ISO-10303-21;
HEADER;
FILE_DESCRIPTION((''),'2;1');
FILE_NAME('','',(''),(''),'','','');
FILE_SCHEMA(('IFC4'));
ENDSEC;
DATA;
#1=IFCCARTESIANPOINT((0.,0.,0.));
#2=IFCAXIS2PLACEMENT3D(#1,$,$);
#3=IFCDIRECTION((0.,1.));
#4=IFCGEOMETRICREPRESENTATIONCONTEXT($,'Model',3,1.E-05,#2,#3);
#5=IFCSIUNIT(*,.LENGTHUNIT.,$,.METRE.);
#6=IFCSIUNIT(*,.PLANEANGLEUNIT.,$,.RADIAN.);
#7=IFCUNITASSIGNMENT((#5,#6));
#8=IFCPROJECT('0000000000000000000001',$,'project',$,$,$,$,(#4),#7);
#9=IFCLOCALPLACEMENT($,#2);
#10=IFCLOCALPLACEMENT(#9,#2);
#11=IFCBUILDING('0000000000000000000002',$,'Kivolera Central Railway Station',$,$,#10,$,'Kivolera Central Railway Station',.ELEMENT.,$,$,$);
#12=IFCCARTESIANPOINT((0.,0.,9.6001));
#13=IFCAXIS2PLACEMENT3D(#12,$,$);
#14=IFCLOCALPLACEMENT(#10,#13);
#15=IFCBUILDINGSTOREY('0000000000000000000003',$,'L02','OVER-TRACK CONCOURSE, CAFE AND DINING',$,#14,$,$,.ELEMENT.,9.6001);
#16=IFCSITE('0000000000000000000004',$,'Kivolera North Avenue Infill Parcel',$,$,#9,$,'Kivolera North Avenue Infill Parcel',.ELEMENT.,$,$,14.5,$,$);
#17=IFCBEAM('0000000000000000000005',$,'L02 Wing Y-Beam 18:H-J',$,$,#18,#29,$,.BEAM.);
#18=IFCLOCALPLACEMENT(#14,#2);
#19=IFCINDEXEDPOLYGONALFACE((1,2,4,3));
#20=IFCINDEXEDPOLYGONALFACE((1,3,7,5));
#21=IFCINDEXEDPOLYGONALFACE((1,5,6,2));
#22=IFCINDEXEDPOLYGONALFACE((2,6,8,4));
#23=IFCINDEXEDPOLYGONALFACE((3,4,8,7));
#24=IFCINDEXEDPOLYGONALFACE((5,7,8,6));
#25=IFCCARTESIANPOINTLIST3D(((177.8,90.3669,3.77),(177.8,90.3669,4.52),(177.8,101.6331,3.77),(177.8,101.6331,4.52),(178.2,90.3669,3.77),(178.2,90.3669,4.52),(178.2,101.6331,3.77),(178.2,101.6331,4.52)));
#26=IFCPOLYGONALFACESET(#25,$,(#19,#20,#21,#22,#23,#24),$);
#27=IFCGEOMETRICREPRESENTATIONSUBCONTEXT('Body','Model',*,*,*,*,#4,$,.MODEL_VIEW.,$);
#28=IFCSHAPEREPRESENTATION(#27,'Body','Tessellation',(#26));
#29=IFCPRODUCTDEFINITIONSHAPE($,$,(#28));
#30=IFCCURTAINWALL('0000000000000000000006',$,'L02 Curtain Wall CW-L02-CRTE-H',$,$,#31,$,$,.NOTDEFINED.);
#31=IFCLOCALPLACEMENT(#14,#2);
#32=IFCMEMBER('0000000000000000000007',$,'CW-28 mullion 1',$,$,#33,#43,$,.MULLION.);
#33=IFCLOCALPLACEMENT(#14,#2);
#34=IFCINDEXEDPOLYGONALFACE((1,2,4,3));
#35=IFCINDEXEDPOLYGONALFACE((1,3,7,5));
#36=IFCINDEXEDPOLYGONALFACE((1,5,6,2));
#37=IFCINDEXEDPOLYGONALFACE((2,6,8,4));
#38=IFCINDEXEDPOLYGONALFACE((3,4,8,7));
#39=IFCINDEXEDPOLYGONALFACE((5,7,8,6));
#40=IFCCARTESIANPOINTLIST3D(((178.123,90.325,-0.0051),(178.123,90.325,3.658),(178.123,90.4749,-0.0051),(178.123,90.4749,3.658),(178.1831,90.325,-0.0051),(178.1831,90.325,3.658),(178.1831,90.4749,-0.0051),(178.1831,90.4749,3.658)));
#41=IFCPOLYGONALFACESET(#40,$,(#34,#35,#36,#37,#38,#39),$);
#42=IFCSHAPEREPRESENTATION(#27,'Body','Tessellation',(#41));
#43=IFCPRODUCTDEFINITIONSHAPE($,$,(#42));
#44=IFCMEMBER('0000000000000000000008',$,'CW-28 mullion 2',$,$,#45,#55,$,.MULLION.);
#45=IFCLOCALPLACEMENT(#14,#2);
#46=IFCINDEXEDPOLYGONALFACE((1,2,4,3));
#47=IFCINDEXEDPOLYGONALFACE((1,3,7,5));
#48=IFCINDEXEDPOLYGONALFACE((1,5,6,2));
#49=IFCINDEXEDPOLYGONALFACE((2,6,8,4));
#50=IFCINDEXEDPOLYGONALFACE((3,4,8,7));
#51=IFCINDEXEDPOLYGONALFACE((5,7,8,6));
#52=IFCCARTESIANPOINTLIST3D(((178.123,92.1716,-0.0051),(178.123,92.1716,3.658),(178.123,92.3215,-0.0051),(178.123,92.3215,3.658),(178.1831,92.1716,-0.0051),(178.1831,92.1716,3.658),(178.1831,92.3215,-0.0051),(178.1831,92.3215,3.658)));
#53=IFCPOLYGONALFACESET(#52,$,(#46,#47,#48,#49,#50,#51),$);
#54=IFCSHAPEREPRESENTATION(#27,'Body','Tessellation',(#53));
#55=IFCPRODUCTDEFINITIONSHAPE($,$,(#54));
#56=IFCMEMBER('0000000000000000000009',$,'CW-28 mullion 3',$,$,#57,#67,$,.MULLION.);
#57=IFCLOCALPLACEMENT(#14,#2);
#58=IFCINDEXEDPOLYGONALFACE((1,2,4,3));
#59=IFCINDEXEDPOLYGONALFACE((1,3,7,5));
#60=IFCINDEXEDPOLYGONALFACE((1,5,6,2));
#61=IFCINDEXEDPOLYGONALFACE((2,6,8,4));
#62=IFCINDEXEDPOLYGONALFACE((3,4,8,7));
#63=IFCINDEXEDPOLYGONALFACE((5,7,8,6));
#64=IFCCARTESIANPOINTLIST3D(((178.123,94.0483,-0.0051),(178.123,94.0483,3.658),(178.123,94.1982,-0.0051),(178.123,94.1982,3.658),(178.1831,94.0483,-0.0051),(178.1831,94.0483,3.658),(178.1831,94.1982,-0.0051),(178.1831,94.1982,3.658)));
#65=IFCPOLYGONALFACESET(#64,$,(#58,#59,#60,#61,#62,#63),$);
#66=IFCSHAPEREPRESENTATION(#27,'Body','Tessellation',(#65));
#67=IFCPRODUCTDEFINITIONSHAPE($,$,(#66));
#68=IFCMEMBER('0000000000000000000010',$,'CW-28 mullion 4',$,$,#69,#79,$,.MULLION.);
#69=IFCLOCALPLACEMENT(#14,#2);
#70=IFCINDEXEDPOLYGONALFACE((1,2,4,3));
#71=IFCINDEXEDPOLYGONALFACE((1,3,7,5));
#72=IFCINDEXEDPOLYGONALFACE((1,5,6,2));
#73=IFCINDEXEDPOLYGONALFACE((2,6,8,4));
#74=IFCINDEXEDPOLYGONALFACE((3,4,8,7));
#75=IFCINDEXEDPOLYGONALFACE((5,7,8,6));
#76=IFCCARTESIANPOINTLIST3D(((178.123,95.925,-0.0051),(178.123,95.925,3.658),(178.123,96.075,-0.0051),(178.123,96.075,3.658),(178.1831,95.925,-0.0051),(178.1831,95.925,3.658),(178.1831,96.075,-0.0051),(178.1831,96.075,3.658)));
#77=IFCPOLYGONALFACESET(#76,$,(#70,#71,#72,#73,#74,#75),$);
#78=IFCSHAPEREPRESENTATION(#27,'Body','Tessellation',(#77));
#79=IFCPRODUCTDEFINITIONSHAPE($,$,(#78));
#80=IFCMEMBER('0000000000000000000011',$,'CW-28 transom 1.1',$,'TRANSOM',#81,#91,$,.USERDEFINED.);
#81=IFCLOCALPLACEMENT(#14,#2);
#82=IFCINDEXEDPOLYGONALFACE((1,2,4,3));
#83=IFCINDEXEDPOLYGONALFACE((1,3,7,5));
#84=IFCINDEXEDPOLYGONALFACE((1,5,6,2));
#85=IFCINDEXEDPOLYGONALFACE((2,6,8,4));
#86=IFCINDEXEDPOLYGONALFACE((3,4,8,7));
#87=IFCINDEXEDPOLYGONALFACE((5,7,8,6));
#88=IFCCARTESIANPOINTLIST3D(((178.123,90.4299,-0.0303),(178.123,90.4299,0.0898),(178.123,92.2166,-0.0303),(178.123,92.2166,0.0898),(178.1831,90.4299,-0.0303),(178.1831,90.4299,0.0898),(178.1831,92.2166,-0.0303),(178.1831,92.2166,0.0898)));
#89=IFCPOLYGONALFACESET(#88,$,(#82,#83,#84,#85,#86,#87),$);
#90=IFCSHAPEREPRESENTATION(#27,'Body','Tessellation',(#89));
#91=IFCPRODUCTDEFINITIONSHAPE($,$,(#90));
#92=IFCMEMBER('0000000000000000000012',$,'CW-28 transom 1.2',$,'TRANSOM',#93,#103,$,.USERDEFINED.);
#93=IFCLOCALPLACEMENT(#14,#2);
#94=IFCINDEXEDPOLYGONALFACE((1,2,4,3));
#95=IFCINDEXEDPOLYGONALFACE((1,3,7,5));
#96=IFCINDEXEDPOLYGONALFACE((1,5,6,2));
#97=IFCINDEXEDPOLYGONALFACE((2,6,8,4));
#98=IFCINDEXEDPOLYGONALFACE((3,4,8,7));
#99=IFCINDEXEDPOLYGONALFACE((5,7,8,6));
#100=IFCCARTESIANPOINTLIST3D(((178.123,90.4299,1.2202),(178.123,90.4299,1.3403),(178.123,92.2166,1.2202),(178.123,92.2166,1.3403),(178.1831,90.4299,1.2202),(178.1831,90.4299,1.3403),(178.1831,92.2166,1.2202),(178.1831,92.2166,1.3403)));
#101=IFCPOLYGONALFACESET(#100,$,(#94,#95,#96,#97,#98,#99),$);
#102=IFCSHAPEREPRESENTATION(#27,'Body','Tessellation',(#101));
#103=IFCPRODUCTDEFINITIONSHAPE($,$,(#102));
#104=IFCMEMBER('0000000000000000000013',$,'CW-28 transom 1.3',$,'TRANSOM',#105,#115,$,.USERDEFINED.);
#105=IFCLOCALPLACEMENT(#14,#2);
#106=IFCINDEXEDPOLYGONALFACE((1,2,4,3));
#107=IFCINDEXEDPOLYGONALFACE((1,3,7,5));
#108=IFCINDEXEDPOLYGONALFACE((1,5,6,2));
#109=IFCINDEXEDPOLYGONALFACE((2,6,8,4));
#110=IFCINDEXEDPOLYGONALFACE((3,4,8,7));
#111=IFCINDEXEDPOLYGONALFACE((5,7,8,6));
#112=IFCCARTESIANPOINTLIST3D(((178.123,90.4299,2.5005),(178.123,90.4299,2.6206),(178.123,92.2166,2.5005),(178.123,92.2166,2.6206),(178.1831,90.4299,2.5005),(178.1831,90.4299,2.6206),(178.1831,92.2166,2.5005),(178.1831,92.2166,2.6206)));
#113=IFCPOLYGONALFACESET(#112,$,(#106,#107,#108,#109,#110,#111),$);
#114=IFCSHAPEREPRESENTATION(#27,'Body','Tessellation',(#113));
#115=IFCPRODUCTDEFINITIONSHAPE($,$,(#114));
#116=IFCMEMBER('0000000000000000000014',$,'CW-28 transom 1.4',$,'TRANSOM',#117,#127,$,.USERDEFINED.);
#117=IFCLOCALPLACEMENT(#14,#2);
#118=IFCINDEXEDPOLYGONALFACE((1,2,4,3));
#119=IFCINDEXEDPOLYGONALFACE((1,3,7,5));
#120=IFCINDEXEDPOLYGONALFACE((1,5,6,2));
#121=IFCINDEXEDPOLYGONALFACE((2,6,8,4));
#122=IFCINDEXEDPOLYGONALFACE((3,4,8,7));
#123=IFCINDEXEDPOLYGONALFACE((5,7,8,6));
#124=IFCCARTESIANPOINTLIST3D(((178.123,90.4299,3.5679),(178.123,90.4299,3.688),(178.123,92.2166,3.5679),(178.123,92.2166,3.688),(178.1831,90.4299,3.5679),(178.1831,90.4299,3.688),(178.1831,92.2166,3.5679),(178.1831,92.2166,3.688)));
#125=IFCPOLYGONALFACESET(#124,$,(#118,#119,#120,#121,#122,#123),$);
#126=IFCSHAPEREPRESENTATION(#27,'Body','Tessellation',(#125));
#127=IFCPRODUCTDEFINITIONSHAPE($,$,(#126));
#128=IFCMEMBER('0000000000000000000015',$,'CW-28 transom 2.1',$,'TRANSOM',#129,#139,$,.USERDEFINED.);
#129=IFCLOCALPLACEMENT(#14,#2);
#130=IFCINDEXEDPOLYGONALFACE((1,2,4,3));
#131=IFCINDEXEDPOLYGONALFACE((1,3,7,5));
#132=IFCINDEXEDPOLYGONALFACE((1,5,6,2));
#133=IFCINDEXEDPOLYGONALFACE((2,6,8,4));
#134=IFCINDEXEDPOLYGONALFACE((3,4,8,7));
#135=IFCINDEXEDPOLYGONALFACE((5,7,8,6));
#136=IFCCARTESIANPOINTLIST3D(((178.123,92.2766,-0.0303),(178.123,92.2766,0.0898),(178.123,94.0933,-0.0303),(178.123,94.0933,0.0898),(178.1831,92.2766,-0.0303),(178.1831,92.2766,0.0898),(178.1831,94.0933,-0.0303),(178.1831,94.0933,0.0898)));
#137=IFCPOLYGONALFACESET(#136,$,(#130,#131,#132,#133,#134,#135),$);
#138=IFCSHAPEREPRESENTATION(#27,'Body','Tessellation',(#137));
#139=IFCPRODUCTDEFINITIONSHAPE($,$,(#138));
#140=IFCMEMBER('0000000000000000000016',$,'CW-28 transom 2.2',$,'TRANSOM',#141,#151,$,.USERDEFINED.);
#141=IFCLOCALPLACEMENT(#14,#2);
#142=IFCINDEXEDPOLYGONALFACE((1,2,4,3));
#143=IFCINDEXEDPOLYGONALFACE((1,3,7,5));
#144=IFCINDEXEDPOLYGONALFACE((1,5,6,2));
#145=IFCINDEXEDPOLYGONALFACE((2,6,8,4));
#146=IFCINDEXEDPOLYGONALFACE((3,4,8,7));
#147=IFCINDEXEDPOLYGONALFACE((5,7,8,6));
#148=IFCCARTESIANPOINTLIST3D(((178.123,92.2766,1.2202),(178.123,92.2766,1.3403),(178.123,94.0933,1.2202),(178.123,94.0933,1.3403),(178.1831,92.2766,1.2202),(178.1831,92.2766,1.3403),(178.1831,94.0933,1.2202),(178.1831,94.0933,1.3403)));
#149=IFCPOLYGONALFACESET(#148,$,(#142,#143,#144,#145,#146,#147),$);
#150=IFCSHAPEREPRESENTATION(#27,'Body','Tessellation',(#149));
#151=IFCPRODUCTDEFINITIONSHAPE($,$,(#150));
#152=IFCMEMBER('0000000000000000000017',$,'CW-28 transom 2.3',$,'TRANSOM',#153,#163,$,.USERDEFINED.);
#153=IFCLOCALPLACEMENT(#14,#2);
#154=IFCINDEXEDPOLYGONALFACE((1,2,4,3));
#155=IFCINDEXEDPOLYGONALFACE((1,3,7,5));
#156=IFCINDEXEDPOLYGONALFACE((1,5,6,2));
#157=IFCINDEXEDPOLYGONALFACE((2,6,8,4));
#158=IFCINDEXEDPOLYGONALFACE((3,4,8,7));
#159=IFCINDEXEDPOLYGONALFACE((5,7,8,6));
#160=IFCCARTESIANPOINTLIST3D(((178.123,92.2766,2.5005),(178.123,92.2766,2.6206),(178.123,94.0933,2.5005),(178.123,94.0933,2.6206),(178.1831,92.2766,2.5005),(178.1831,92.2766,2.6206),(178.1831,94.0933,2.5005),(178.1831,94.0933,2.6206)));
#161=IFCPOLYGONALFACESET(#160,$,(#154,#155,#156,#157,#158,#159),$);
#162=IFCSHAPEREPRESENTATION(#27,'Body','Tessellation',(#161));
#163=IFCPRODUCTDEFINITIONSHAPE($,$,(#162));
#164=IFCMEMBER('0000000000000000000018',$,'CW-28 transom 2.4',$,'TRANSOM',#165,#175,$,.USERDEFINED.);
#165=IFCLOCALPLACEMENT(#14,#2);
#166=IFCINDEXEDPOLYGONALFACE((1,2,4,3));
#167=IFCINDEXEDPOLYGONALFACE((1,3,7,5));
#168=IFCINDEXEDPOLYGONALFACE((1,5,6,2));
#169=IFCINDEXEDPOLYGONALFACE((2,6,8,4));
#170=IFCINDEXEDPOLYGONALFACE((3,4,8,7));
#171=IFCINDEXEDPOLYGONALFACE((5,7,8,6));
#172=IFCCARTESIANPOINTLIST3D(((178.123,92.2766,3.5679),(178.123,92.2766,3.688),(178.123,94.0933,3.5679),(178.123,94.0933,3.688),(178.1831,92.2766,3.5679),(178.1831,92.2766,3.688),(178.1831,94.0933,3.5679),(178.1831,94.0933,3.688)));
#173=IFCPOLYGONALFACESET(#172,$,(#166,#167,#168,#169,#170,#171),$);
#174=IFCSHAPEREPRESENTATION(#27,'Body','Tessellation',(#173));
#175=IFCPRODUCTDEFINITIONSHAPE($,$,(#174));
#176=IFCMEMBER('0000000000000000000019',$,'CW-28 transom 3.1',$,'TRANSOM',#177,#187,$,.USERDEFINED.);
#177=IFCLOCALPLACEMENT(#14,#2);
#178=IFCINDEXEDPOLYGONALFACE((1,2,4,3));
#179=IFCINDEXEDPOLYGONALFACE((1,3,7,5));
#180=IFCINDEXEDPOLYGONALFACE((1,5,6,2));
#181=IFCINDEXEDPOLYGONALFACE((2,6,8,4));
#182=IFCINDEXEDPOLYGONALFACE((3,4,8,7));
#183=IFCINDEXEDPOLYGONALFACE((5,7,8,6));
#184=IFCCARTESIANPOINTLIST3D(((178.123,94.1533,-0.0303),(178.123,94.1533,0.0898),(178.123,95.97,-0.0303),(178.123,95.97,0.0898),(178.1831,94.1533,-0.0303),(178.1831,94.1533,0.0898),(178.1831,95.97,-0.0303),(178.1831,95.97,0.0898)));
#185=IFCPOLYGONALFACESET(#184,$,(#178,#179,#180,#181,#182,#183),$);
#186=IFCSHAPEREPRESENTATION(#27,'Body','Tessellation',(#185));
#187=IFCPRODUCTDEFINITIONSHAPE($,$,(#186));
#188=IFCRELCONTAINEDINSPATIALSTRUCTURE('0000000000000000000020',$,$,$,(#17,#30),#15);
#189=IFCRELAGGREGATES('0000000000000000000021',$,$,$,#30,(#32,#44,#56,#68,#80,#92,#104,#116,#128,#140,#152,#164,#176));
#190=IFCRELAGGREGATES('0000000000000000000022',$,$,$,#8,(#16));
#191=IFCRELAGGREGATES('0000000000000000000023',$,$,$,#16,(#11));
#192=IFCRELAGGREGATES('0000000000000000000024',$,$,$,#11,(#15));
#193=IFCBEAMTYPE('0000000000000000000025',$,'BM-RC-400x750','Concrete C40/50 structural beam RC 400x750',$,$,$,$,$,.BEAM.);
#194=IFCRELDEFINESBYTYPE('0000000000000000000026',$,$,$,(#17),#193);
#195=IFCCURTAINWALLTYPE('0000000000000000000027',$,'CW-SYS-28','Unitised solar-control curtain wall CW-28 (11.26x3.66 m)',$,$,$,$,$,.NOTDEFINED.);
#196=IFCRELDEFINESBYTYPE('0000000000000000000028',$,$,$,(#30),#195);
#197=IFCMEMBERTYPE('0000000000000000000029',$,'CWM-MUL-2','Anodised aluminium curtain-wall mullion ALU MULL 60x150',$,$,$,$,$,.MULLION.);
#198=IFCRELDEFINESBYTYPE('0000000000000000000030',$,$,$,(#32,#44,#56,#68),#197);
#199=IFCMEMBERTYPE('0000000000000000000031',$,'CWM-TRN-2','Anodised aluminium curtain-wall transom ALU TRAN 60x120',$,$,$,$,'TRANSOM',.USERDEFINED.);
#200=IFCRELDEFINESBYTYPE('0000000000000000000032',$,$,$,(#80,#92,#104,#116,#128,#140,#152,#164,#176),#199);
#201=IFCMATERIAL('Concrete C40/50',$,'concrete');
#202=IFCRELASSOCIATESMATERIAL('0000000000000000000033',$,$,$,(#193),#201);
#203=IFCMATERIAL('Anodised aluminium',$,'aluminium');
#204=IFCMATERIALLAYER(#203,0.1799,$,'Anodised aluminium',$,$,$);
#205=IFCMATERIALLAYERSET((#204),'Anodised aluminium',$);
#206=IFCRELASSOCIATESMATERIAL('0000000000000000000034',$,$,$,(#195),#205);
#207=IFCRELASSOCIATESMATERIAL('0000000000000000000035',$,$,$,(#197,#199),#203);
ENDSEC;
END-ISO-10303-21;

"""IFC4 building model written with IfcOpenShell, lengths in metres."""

from ifc_helpers import new_model, si_unit, direction, frame, origin, origin_2d, place, context, subcontext, project, spatial, rectangle, extrude, material, layer, layer_set, material_profile, profile_set, type_object, element, aggregate, save


model = new_model("IFC4")

# Units and contexts
model_context = context("Model", 3, precision=1e-05, world=origin(), true_north=direction((0.0, 1.0)))
body_context = subcontext(model_context, "Body", "Model", "MODEL_VIEW")
ifc_project = project(units=[si_unit("LENGTHUNIT", "METRE"), si_unit("PLANEANGLEUNIT", "RADIAN")], contexts=[model_context])

# Site, building, storey
site_placement = place(None, origin())
site = spatial("IfcSite", under=ifc_project, at=site_placement, Name="Kivolera North Avenue Infill Parcel", LongName="Kivolera North Avenue Infill Parcel", CompositionType="ELEMENT", RefElevation=14.5)
building_placement = place(site_placement, origin())
building = spatial("IfcBuilding", under=site, at=building_placement, Name="Kivolera Central Railway Station", LongName="Kivolera Central Railway Station", CompositionType="ELEMENT")
storey_placement = place(building_placement, frame((0.0, 0.0, 9.6001)))
storey = spatial("IfcBuildingStorey", under=building, at=storey_placement, Name="L02", Description="OVER-TRACK CONCOURSE, CAFE AND DINING", CompositionType="ELEMENT", Elevation=9.6001)

# Beam
ifc_material_1 = material(Name="Concrete C40/50", Category="concrete")
ifc_material_profile_1 = material_profile(ifc_material_1, rectangle(XDim=0.3999, YDim=0.75, at=origin_2d()), Name="RC 400x750")
ifc_profile_set_1 = profile_set([ifc_material_profile_1], Name="Concrete C40/50")
beam_type = type_object("IfcBeamType", Name="BM-RC-400x750", Description="Concrete C40/50 structural beam RC 400x750", PredefinedType="BEAM", material=ifc_profile_set_1)
beam_placement = place(storey_placement, frame((178.0, 90.3669, 4.145), z_axis=(0.0, 1.0, 0.0), x_axis=(-1.0, 0.0, 0.0)))
element("IfcBeam", 1, at=beam_placement, inside=storey, type_object=beam_type, Name="L02 Wing Y-Beam 18:H-J", PredefinedType="BEAM", context=body_context, shape_type="SweptSolid", body=[
    extrude(rectangle(XDim=0.3999, YDim=0.75, at=origin_2d()), origin(), (0.0, 0.0, 1.0), 11.2661),
])

# Curtain wall, members
ifc_material_2 = material(Name="Anodised aluminium", Category="aluminium")
ifc_layer_1 = layer(ifc_material_2, 0.1799, Name="Anodised aluminium")
ifc_layer_set_1 = layer_set([ifc_layer_1], Name="Anodised aluminium")
curtain_wall_type = type_object("IfcCurtainWallType", Name="CW-SYS-28", Description="Unitised solar-control curtain wall CW-28 (11.26x3.66 m)", PredefinedType="NOTDEFINED", material=ifc_layer_set_1)
curtain_wall_placement = place(storey_placement, origin())
curtain_wall = element("IfcCurtainWall", 2, at=curtain_wall_placement, inside=storey, type_object=curtain_wall_type, Name="L02 Curtain Wall CW-L02-CRTE-H", PredefinedType="NOTDEFINED")
ifc_material_profile_2 = material_profile(ifc_material_2, rectangle(XDim=0.0601, YDim=0.1499, at=origin_2d()), Name="ALU MULL 60x150")
ifc_profile_set_2 = profile_set([ifc_material_profile_2], Name="Anodised aluminium")
member_type_1 = type_object("IfcMemberType", Name="CWM-MUL-2", Description="Anodised aluminium curtain-wall mullion ALU MULL 60x150", PredefinedType="MULLION", material=ifc_profile_set_2)
member_1_placement = place(storey_placement, frame((178.1531, 90.3999, -0.0051), z_axis=(0.0, 0.0, 1.0), x_axis=(-1.0, 0.0, 0.0)))
member_1 = element("IfcMember", 3, at=member_1_placement, type_object=member_type_1, Name="CW-28 mullion 1", PredefinedType="MULLION", context=body_context, shape_type="SweptSolid", body=[
    extrude(rectangle(XDim=0.0601, YDim=0.1499, at=origin_2d()), origin(), (0.0, 0.0, 1.0), 3.6631),
])
member_2_placement = place(storey_placement, frame((178.1531, 92.2466, -0.0051), z_axis=(0.0, 0.0, 1.0), x_axis=(-1.0, 0.0, 0.0)))
member_2 = element("IfcMember", 4, at=member_2_placement, type_object=member_type_1, Name="CW-28 mullion 2", PredefinedType="MULLION", context=body_context, shape_type="SweptSolid", body=[
    extrude(rectangle(XDim=0.0601, YDim=0.1499, at=origin_2d()), origin(), (0.0, 0.0, 1.0), 3.6631),
])
member_3_placement = place(storey_placement, frame((178.1531, 94.1233, -0.0051), z_axis=(0.0, 0.0, 1.0), x_axis=(-1.0, 0.0, 0.0)))
member_3 = element("IfcMember", 5, at=member_3_placement, type_object=member_type_1, Name="CW-28 mullion 3", PredefinedType="MULLION", context=body_context, shape_type="SweptSolid", body=[
    extrude(rectangle(XDim=0.0601, YDim=0.1499, at=origin_2d()), origin(), (0.0, 0.0, 1.0), 3.6631),
])
member_4_placement = place(storey_placement, frame((178.1531, 96.0, -0.0051), z_axis=(0.0, 0.0, 1.0), x_axis=(-1.0, 0.0, 0.0)))
member_4 = element("IfcMember", 6, at=member_4_placement, type_object=member_type_1, Name="CW-28 mullion 4", PredefinedType="MULLION", context=body_context, shape_type="SweptSolid", body=[
    extrude(rectangle(XDim=0.0601, YDim=0.1499, at=origin_2d()), origin(), (0.0, 0.0, 1.0), 3.6631),
])
ifc_material_profile_3 = material_profile(ifc_material_2, rectangle(XDim=0.0601, YDim=0.1201, at=origin_2d()), Name="ALU TRAN 60x120")
ifc_profile_set_3 = profile_set([ifc_material_profile_3], Name="Anodised aluminium")
member_type_2 = type_object("IfcMemberType", Name="CWM-TRN-2", Description="Anodised aluminium curtain-wall transom ALU TRAN 60x120", ElementType="TRANSOM", PredefinedType="USERDEFINED", material=ifc_profile_set_3)
member_5_placement = place(storey_placement, frame((178.1531, 90.4299, 0.0298), z_axis=(0.0, 1.0, 0.0), x_axis=(-1.0, 0.0, 0.0)))
member_5 = element("IfcMember", 7, at=member_5_placement, type_object=member_type_2, Name="CW-28 transom 1.1", ObjectType="TRANSOM", PredefinedType="USERDEFINED", context=body_context, shape_type="SweptSolid", body=[
    extrude(rectangle(XDim=0.0601, YDim=0.1201, at=origin_2d()), origin(), (0.0, 0.0, 1.0), 1.7866),
])
member_6_placement = place(storey_placement, frame((178.1531, 90.4299, 1.2803), z_axis=(0.0, 1.0, 0.0), x_axis=(-1.0, 0.0, 0.0)))
member_6 = element("IfcMember", 8, at=member_6_placement, type_object=member_type_2, Name="CW-28 transom 1.2", ObjectType="TRANSOM", PredefinedType="USERDEFINED", context=body_context, shape_type="SweptSolid", body=[
    extrude(rectangle(XDim=0.0601, YDim=0.1201, at=origin_2d()), origin(), (0.0, 0.0, 1.0), 1.7866),
])
member_7_placement = place(storey_placement, frame((178.1531, 90.4299, 2.5605), z_axis=(0.0, 1.0, 0.0), x_axis=(-1.0, 0.0, 0.0)))
member_7 = element("IfcMember", 9, at=member_7_placement, type_object=member_type_2, Name="CW-28 transom 1.3", ObjectType="TRANSOM", PredefinedType="USERDEFINED", context=body_context, shape_type="SweptSolid", body=[
    extrude(rectangle(XDim=0.0601, YDim=0.1201, at=origin_2d()), origin(), (0.0, 0.0, 1.0), 1.7866),
])
member_8_placement = place(storey_placement, frame((178.1531, 90.4299, 3.6279), z_axis=(0.0, 1.0, 0.0), x_axis=(-1.0, 0.0, 0.0)))
member_8 = element("IfcMember", 10, at=member_8_placement, type_object=member_type_2, Name="CW-28 transom 1.4", ObjectType="TRANSOM", PredefinedType="USERDEFINED", context=body_context, shape_type="SweptSolid", body=[
    extrude(rectangle(XDim=0.0601, YDim=0.1201, at=origin_2d()), origin(), (0.0, 0.0, 1.0), 1.7866),
])
member_9_placement = place(storey_placement, frame((178.1531, 92.2766, 0.0298), z_axis=(0.0, 1.0, 0.0), x_axis=(-1.0, 0.0, 0.0)))
member_9 = element("IfcMember", 11, at=member_9_placement, type_object=member_type_2, Name="CW-28 transom 2.1", ObjectType="TRANSOM", PredefinedType="USERDEFINED", context=body_context, shape_type="SweptSolid", body=[
    extrude(rectangle(XDim=0.0601, YDim=0.1201, at=origin_2d()), origin(), (0.0, 0.0, 1.0), 1.8167),
])
member_10_placement = place(storey_placement, frame((178.1531, 92.2766, 1.2803), z_axis=(0.0, 1.0, 0.0), x_axis=(-1.0, 0.0, 0.0)))
member_10 = element("IfcMember", 12, at=member_10_placement, type_object=member_type_2, Name="CW-28 transom 2.2", ObjectType="TRANSOM", PredefinedType="USERDEFINED", context=body_context, shape_type="SweptSolid", body=[
    extrude(rectangle(XDim=0.0601, YDim=0.1201, at=origin_2d()), origin(), (0.0, 0.0, 1.0), 1.8167),
])
member_11_placement = place(storey_placement, frame((178.1531, 92.2766, 2.5605), z_axis=(0.0, 1.0, 0.0), x_axis=(-1.0, 0.0, 0.0)))
member_11 = element("IfcMember", 13, at=member_11_placement, type_object=member_type_2, Name="CW-28 transom 2.3", ObjectType="TRANSOM", PredefinedType="USERDEFINED", context=body_context, shape_type="SweptSolid", body=[
    extrude(rectangle(XDim=0.0601, YDim=0.1201, at=origin_2d()), origin(), (0.0, 0.0, 1.0), 1.8167),
])
member_12_placement = place(storey_placement, frame((178.1531, 92.2766, 3.6279), z_axis=(0.0, 1.0, 0.0), x_axis=(-1.0, 0.0, 0.0)))
member_12 = element("IfcMember", 14, at=member_12_placement, type_object=member_type_2, Name="CW-28 transom 2.4", ObjectType="TRANSOM", PredefinedType="USERDEFINED", context=body_context, shape_type="SweptSolid", body=[
    extrude(rectangle(XDim=0.0601, YDim=0.1201, at=origin_2d()), origin(), (0.0, 0.0, 1.0), 1.8167),
])
member_13_placement = place(storey_placement, frame((178.1531, 94.1533, 0.0298), z_axis=(0.0, 1.0, 0.0), x_axis=(-1.0, 0.0, 0.0)))
member_13 = element("IfcMember", 15, at=member_13_placement, type_object=member_type_2, Name="CW-28 transom 3.1", ObjectType="TRANSOM", PredefinedType="USERDEFINED", context=body_context, shape_type="SweptSolid", body=[
    extrude(rectangle(XDim=0.0601, YDim=0.1201, at=origin_2d()), origin(), (0.0, 0.0, 1.0), 1.8167),
])
aggregate(curtain_wall, [member_1, member_2, member_3, member_4, member_5, member_6, member_7, member_8, member_9, member_10, member_11, member_12, member_13])

save(model, "model.ifc")
